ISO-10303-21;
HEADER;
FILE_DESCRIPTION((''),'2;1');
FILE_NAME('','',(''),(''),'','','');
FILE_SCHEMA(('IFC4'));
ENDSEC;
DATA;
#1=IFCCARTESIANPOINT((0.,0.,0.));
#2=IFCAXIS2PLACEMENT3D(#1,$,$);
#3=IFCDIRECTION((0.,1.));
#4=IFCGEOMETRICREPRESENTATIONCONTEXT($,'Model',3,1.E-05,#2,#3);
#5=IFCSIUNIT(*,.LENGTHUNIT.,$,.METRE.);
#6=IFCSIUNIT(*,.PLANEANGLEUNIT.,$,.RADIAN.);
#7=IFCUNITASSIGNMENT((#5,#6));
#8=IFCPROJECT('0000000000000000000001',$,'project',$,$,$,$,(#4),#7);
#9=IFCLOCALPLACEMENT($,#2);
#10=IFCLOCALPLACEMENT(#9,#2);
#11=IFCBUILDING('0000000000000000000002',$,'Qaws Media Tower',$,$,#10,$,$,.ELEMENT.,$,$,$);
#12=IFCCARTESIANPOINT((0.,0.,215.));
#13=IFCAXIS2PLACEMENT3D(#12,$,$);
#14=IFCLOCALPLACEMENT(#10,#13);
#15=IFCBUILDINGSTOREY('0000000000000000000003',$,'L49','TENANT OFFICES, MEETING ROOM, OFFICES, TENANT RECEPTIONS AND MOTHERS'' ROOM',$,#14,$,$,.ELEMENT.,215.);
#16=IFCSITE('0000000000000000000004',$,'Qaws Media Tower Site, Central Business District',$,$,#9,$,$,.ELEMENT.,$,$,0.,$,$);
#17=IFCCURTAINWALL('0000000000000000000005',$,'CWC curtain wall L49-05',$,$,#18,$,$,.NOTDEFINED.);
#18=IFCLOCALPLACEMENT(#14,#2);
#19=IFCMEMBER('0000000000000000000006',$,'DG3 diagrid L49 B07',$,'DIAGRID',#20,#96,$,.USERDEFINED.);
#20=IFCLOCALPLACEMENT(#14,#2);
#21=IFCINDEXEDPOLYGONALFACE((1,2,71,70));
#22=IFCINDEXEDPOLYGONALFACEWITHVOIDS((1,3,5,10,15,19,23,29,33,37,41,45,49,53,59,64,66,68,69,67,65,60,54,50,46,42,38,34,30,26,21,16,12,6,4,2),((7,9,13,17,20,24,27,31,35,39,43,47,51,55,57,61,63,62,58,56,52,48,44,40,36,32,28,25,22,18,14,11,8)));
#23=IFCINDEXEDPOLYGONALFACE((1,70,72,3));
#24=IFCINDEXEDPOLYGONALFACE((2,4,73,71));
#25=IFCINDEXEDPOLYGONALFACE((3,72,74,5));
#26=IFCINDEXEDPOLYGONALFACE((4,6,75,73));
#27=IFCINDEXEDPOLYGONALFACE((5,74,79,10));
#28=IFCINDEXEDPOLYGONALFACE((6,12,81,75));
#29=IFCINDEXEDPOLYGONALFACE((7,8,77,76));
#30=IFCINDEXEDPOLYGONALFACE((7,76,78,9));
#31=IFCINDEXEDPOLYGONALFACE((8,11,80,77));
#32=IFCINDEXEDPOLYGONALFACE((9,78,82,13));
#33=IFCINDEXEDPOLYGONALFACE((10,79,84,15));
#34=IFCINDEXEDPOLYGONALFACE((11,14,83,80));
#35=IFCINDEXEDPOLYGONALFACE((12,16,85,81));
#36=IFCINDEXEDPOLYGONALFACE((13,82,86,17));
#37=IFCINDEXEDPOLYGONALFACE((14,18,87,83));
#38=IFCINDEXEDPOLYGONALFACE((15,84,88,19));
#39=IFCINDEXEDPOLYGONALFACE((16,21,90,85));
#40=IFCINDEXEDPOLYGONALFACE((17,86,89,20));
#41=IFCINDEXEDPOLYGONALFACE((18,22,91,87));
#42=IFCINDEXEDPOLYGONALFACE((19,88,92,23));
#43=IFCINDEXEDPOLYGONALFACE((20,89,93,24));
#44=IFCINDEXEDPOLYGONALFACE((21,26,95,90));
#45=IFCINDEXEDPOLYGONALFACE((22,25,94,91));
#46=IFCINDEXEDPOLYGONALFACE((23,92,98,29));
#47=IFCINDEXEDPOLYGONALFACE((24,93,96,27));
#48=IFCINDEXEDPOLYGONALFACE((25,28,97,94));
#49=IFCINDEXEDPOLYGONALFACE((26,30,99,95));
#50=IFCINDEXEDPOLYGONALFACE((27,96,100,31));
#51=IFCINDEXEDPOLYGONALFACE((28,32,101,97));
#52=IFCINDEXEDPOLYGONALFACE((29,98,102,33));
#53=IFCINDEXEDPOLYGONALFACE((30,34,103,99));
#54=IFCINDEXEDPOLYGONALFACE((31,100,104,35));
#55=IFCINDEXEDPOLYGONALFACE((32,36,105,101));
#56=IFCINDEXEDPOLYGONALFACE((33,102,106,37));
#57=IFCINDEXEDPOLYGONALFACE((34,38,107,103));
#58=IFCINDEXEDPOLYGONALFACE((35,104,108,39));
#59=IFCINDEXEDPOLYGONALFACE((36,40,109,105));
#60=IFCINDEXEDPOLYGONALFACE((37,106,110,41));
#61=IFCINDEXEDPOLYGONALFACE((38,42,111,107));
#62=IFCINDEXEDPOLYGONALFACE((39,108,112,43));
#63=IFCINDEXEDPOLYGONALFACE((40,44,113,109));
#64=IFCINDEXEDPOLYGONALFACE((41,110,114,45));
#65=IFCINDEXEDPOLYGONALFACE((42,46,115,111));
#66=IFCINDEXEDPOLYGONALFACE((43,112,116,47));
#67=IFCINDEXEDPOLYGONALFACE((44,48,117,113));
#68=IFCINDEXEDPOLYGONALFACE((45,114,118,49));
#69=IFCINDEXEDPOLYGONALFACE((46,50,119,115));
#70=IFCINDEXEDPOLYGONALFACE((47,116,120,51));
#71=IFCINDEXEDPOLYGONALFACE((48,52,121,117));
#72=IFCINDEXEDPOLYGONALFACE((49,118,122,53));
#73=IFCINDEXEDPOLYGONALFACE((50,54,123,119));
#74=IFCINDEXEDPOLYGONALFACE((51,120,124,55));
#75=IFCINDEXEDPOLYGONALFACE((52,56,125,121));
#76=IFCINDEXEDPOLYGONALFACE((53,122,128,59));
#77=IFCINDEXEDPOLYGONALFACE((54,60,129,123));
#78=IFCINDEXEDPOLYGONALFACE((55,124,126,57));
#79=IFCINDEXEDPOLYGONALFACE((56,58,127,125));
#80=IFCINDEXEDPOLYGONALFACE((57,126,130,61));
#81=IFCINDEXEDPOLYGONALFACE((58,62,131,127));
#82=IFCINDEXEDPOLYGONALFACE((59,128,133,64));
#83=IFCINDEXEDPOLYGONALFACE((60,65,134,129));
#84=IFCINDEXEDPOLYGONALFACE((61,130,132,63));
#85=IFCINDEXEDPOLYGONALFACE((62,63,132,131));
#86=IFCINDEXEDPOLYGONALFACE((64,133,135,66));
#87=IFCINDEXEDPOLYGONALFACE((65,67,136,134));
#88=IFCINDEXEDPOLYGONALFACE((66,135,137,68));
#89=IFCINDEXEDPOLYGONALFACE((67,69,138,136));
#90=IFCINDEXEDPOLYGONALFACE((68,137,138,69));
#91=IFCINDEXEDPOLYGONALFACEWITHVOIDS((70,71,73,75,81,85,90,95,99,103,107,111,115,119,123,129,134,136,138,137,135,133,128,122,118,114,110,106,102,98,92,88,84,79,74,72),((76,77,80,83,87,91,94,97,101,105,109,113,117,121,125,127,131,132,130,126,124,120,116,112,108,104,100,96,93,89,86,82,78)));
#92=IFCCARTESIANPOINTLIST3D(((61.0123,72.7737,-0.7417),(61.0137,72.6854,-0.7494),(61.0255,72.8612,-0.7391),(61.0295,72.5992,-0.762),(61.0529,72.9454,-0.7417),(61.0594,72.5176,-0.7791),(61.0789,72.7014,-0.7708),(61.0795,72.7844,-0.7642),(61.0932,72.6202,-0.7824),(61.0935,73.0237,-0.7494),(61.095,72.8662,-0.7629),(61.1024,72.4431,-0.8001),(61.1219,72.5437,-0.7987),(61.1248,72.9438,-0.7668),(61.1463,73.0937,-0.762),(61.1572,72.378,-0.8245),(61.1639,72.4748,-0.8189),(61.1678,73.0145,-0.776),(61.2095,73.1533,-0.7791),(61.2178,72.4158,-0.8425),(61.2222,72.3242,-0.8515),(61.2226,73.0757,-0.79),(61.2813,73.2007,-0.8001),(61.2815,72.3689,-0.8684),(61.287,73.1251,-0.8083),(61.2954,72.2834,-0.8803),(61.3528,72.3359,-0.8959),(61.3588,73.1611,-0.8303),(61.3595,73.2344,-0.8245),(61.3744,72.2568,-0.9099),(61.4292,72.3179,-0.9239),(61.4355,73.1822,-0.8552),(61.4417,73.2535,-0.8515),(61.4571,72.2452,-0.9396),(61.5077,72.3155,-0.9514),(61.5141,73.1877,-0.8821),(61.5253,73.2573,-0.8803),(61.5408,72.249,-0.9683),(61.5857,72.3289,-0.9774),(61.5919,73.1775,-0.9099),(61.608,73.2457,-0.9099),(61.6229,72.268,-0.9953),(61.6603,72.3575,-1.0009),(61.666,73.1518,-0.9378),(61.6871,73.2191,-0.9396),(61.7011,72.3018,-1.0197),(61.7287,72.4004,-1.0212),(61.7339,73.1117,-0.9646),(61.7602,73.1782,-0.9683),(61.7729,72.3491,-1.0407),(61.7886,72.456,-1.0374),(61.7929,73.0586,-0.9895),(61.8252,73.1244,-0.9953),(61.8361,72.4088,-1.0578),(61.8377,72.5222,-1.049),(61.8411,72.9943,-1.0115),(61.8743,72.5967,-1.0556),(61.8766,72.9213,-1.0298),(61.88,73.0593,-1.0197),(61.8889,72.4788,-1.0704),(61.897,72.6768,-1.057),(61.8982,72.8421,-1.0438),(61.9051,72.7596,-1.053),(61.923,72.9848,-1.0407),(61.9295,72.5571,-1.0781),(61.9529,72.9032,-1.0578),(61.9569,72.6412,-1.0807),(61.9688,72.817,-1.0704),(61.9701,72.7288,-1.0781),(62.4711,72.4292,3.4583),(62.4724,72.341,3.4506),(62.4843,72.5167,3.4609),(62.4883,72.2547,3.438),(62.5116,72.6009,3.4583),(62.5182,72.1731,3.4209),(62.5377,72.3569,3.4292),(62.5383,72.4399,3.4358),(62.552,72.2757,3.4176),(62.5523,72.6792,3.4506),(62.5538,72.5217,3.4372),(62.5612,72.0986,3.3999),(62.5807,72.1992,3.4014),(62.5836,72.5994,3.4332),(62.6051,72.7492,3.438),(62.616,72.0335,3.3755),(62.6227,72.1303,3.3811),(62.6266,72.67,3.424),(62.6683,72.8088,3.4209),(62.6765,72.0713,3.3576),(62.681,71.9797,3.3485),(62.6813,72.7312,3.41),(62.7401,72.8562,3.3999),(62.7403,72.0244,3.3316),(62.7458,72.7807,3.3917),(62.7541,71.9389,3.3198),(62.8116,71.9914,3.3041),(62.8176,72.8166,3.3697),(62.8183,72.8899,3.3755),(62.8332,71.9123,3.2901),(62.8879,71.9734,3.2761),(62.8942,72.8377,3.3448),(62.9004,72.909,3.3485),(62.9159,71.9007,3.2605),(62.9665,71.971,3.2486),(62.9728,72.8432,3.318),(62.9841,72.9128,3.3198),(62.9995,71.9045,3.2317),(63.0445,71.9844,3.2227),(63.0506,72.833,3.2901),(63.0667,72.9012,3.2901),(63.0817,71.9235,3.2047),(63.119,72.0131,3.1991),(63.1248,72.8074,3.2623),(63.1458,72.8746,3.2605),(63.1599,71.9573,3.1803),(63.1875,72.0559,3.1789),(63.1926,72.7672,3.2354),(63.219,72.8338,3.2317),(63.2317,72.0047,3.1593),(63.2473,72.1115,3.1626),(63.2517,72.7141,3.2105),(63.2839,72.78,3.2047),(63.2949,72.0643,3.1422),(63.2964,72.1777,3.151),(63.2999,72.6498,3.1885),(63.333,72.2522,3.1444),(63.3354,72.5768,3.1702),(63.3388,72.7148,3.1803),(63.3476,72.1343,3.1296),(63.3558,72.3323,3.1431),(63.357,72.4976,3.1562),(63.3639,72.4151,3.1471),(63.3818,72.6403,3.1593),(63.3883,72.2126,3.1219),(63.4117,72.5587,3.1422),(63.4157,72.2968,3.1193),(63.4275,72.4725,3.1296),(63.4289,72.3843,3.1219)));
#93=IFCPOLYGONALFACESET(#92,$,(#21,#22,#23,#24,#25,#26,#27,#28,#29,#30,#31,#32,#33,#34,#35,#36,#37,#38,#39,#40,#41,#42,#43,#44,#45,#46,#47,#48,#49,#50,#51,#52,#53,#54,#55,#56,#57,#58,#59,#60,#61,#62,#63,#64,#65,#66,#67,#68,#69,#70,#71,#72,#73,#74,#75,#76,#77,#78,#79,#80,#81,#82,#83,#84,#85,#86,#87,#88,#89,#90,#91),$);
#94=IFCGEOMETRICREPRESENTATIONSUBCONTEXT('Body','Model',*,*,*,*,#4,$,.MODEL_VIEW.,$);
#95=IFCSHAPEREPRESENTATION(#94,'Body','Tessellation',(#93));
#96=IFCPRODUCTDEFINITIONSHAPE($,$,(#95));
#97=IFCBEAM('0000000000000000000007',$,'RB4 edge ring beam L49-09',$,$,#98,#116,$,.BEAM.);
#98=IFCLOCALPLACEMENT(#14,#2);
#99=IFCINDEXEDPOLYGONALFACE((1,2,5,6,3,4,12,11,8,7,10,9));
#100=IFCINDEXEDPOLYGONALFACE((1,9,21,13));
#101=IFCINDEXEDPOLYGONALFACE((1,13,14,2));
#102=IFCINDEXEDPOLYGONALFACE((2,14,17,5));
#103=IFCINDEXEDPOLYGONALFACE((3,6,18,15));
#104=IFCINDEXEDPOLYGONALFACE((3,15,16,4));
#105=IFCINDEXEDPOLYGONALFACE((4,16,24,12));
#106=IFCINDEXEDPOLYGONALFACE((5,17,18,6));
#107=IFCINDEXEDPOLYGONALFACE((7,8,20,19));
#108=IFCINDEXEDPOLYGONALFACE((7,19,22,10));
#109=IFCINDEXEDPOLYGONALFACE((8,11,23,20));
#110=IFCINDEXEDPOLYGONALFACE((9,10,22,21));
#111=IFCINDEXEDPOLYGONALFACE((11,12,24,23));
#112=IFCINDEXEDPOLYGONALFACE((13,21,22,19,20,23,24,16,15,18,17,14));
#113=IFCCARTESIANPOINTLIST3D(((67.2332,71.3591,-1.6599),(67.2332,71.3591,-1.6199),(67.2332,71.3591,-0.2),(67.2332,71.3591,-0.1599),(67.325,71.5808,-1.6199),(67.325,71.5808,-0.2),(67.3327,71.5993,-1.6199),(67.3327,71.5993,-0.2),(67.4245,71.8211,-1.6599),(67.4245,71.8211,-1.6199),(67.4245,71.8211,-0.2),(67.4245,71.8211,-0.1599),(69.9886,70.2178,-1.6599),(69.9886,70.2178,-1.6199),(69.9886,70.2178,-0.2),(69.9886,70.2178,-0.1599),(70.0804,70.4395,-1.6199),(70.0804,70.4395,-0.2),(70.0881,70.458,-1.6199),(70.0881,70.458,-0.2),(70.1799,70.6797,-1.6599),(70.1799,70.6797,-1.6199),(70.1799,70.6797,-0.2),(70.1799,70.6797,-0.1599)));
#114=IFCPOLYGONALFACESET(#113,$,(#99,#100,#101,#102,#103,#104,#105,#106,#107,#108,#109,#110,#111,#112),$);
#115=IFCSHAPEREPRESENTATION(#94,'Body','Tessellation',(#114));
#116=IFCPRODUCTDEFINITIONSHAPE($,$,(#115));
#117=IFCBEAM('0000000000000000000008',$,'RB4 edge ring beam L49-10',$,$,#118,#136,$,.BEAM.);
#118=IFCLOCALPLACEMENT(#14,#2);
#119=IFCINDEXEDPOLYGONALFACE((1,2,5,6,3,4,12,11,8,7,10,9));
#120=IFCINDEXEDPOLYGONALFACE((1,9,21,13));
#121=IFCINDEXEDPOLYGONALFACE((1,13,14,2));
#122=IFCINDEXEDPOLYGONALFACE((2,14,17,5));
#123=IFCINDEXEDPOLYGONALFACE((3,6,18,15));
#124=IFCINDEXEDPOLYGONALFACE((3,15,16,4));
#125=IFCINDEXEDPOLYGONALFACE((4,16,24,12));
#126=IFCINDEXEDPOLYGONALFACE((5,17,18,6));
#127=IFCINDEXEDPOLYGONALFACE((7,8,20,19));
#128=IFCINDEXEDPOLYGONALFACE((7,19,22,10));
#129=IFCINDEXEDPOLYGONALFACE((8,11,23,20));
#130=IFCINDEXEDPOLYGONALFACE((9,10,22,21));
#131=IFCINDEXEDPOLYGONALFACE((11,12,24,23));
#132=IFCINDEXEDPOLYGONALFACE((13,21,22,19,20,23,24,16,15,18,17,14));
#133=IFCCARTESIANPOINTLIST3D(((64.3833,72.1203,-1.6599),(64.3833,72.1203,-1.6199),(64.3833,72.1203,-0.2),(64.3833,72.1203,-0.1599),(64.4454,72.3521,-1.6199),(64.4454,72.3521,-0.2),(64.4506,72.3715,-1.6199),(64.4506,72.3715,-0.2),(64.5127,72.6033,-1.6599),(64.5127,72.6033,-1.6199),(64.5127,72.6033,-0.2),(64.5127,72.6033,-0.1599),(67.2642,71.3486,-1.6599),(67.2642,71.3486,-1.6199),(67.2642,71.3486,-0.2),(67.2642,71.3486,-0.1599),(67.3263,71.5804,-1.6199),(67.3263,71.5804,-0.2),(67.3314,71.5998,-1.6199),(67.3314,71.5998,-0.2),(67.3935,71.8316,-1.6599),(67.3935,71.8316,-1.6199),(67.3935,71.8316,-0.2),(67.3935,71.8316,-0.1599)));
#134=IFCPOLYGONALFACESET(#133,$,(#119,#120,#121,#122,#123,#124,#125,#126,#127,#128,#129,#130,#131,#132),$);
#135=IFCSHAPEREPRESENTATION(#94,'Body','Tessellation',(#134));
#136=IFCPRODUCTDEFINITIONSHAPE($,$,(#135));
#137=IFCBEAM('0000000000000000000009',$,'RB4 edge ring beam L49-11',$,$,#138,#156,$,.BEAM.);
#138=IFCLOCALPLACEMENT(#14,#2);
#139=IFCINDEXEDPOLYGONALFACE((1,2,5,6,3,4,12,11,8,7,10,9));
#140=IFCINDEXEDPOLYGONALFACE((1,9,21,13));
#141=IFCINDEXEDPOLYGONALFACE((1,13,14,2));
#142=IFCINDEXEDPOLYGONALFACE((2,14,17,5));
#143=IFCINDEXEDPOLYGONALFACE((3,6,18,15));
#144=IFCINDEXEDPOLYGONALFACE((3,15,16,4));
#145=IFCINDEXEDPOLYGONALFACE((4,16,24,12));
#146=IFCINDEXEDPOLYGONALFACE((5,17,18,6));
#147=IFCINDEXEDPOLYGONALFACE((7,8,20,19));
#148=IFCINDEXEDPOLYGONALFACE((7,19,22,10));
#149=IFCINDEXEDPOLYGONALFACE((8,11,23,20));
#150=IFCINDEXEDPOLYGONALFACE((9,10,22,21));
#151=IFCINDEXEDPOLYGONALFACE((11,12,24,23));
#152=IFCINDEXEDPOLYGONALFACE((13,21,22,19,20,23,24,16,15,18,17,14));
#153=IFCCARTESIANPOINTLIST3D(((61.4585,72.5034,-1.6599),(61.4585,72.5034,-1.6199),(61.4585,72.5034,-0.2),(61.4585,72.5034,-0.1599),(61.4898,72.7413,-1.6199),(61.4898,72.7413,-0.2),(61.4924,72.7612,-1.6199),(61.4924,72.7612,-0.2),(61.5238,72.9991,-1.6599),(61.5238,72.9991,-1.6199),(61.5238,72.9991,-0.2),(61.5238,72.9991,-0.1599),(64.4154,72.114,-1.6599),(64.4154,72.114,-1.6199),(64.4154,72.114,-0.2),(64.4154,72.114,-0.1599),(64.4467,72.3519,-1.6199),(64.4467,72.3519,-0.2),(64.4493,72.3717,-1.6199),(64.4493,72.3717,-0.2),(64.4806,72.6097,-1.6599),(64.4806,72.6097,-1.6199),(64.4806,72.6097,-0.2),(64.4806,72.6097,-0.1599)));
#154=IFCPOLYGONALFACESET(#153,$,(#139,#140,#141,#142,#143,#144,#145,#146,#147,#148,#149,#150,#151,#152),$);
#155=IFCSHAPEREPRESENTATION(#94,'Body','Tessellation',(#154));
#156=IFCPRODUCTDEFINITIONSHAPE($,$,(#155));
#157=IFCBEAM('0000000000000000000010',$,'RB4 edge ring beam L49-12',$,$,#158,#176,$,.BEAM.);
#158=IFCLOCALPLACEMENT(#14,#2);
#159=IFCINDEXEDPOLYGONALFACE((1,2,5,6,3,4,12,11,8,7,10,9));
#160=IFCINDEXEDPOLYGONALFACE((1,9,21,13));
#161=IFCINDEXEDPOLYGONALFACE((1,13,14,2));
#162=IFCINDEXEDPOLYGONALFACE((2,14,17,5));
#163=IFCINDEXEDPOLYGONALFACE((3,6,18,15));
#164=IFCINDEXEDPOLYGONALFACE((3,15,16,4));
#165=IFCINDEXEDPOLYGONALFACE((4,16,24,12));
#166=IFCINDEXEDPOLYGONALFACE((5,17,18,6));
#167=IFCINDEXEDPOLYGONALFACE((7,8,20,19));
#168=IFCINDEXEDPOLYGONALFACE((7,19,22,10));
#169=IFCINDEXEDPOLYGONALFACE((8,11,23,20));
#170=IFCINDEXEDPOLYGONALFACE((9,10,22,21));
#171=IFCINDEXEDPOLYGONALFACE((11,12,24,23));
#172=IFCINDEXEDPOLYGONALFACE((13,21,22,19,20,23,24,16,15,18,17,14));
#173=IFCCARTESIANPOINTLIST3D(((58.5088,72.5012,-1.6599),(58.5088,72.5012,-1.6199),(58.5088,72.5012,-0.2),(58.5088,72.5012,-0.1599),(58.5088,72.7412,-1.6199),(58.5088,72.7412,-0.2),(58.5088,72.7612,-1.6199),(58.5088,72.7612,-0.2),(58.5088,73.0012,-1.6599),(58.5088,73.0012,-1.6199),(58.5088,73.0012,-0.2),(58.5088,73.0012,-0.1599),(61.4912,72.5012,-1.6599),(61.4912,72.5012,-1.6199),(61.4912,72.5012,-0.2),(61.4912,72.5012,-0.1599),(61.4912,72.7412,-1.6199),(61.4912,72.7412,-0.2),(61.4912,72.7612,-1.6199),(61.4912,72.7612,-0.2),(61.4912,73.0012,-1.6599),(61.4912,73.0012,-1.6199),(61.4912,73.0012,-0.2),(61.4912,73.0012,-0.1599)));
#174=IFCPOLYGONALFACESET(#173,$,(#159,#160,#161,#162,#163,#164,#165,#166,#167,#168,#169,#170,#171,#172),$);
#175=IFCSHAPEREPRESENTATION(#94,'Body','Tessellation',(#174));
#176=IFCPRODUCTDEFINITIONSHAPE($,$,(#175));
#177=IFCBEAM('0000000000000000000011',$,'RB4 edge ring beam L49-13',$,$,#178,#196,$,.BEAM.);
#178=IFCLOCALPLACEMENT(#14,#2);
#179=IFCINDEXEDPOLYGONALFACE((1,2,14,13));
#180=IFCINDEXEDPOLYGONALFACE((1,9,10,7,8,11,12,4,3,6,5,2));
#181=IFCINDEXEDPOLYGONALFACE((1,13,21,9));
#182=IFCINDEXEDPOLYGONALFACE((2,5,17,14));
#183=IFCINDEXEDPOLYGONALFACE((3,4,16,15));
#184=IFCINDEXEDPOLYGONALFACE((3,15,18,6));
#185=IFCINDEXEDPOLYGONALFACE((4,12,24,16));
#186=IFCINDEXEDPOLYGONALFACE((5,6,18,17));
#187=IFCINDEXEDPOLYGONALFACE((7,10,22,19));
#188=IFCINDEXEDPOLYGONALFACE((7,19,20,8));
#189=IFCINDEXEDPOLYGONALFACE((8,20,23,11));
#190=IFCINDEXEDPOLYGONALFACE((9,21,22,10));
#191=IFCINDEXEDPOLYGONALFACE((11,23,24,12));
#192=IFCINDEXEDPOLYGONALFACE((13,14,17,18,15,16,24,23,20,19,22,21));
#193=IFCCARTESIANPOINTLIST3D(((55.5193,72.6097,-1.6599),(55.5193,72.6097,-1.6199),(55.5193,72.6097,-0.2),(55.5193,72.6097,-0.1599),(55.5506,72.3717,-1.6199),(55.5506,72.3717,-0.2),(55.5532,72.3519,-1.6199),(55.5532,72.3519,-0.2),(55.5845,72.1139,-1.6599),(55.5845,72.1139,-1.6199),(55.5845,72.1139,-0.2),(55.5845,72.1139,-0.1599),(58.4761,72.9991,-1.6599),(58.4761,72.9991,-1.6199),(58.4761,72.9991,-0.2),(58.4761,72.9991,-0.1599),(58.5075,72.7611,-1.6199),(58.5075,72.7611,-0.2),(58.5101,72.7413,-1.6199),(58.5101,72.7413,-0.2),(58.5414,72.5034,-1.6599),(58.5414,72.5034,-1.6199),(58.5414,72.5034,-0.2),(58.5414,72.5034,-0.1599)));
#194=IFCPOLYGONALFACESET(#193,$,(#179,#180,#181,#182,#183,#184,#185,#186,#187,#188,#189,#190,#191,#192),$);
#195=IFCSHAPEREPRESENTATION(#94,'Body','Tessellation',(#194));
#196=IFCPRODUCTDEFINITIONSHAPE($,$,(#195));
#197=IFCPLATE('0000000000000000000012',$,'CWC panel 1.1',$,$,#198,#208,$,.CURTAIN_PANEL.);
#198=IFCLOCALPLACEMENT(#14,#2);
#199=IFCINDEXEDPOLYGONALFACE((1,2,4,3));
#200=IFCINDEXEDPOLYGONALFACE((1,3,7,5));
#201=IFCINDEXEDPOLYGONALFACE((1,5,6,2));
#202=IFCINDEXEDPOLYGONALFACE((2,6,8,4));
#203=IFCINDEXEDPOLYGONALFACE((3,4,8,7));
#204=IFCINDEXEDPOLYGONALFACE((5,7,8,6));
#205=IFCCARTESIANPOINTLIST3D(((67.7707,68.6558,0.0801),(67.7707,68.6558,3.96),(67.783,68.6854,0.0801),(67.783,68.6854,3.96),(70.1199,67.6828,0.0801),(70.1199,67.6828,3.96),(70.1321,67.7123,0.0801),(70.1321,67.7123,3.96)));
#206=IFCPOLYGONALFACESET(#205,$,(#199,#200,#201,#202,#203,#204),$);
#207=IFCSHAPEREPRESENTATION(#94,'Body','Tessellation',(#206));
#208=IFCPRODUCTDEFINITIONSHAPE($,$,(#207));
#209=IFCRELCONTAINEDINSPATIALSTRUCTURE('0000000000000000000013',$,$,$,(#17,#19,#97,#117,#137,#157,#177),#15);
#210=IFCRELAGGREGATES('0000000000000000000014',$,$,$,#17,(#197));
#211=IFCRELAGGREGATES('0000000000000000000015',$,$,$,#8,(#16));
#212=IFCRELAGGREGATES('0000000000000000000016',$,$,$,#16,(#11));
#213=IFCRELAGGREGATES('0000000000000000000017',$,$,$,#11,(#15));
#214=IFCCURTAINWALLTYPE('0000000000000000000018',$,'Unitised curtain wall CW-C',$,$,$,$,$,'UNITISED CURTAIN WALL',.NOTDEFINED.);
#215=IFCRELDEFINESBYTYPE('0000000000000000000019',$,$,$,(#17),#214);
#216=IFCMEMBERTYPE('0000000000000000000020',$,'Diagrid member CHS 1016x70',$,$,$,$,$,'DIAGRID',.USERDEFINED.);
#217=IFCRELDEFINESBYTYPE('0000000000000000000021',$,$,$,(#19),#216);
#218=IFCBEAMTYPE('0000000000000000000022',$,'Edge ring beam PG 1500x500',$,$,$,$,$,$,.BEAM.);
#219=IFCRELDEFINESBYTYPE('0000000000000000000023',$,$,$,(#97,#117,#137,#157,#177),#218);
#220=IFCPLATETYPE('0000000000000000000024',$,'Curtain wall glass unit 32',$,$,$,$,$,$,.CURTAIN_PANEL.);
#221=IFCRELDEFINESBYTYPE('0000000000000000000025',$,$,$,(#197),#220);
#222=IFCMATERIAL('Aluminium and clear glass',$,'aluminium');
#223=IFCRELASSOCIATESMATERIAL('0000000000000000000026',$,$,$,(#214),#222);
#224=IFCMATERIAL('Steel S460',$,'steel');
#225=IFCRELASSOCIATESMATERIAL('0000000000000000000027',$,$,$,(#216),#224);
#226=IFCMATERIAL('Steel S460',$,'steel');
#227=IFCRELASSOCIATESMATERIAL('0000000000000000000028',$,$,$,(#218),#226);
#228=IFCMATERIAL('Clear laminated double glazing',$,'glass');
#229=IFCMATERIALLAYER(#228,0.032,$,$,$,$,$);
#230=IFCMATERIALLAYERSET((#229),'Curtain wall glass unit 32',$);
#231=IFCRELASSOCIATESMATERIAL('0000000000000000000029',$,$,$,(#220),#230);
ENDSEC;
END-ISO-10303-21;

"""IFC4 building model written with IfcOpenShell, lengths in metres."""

from ifc_helpers import new_model, si_unit, direction, frame, origin, origin_2d, place, context, subcontext, project, spatial, rectangle, hollow_circle, i_section, extrude, material, layer, layer_set, material_profile, profile_set, type_object, element, aggregate, save


model = new_model("IFC4")

# Units and contexts
model_context = context("Model", 3, precision=1e-05, world=origin(), true_north=direction((0.0, 1.0)))
body_context = subcontext(model_context, "Body", "Model", "MODEL_VIEW")
ifc_project = project(units=[si_unit("LENGTHUNIT", "METRE"), si_unit("PLANEANGLEUNIT", "RADIAN")], contexts=[model_context])

# Site, building, storey
site_placement = place(None, origin())
site = spatial("IfcSite", under=ifc_project, at=site_placement, Name="Qaws Media Tower Site, Central Business District", CompositionType="ELEMENT", RefElevation=0.0)
building_placement = place(site_placement, origin())
building = spatial("IfcBuilding", under=site, at=building_placement, Name="Qaws Media Tower", CompositionType="ELEMENT")
storey_placement = place(building_placement, frame((0.0, 0.0, 215.0)))
storey = spatial("IfcBuildingStorey", under=building, at=storey_placement, Name="L49", Description="TENANT OFFICES, MEETING ROOM, OFFICES, TENANT RECEPTIONS AND MOTHERS' ROOM", CompositionType="ELEMENT", Elevation=215.0)

# Curtain wall
ifc_material_1 = material(Name="Aluminium and clear glass", Category="aluminium")
curtain_wall_type = type_object("IfcCurtainWallType", Name="Unitised curtain wall CW-C", ElementType="UNITISED CURTAIN WALL", PredefinedType="NOTDEFINED", material=ifc_material_1)
curtain_wall_1_placement = place(storey_placement, origin())
curtain_wall_1 = element("IfcCurtainWall", 1, at=curtain_wall_1_placement, inside=storey, type_object=curtain_wall_type, Name="CWC curtain wall L49-05", PredefinedType="NOTDEFINED")

# Member
ifc_material_2 = material(Name="Steel S460", Category="steel")
ifc_material_profile_1 = material_profile(ifc_material_2, hollow_circle(Radius=0.5081, WallThickness=0.0701, at=origin_2d()), Name="CHS 1016x70")
ifc_profile_set_1 = profile_set([ifc_material_profile_1], Name="Steel S460")
member_type_1 = type_object("IfcMemberType", Name="Diagrid member CHS 1016x70", ElementType="DIAGRID", PredefinedType="USERDEFINED", material=ifc_profile_set_1)
for number, where, z_axis, x_axis, name in (
    (2, (61.4912, 72.7512, -0.9099), (0.327116, -0.077249, 0.941821), (0.229829, 0.973231, 0.0), "DG3 diagrid L49 B07"),
):
    element("IfcMember", number, at=place(storey_placement, frame(where, z_axis=z_axis, x_axis=x_axis)), inside=storey, type_object=member_type_1, Name=name, ObjectType="DIAGRID", PredefinedType="USERDEFINED", context=body_context, shape_type="SweptSolid", body=[
        extrude(hollow_circle(Radius=0.5081, WallThickness=0.0701, at=origin_2d()), origin(), (0.0, 0.0, 1.0), 4.4595),
    ])

# Beams
ifc_material_3 = material(Name="Steel S460", Category="steel")
ifc_material_profile_2 = material_profile(ifc_material_3, i_section(OverallWidth=0.5, OverallDepth=1.5, WebThickness=0.02, FlangeThickness=0.04, at=origin_2d()), Name="PG 1500x500")
ifc_profile_set_2 = profile_set([ifc_material_profile_2], Name="Steel S460")
beam_type = type_object("IfcBeamType", Name="Edge ring beam PG 1500x500", PredefinedType="BEAM", material=ifc_profile_set_2)
for number, where, z_axis, x_axis, name in (
    (3, (70.0842, 70.4487, -0.9099), (-0.923874, 0.382696, 0.0), (-0.382696, -0.923874, 0.0), "RB4 edge ring beam L49-09"),
    (4, (67.3289, 71.5901, -0.9099), (-0.965942, 0.258758, 0.0), (-0.258758, -0.965942, 0.0), "RB4 edge ring beam L49-10"),
    (5, (64.448, 72.3618, -0.9099), (-0.991439, 0.130571, 0.0), (-0.130571, -0.991439, 0.0), "RB4 edge ring beam L49-11"),
    (6, (61.4912, 72.7512, -0.9099), (-1.0, 0.0, 0.0), (0.0, -1.0, 0.0), "RB4 edge ring beam L49-12"),
    (7, (58.5088, 72.7512, -0.9099), (-0.991439, -0.130571, 0.0), (0.130571, -0.991439, 0.0), "RB4 edge ring beam L49-13"),
):
    element("IfcBeam", number, at=place(storey_placement, frame(where, z_axis=z_axis, x_axis=x_axis)), inside=storey, type_object=beam_type, Name=name, PredefinedType="BEAM", context=body_context, shape_type="SweptSolid", body=[
        extrude(i_section(OverallWidth=0.5, OverallDepth=1.5, WebThickness=0.02, FlangeThickness=0.04, at=origin_2d()), origin(), (0.0, 0.0, 1.0), 2.9824),
    ])

# Plate
ifc_material_4 = material(Name="Clear laminated double glazing", Category="glass")
ifc_layer_1 = layer(ifc_material_4, 0.032)
ifc_layer_set_1 = layer_set([ifc_layer_1], Name="Curtain wall glass unit 32")
plate_type_1 = type_object("IfcPlateType", Name="Curtain wall glass unit 32", PredefinedType="CURTAIN_PANEL", material=ifc_layer_set_1)
plate_1_placement = place(storey_placement, frame((68.9514, 68.1841, 0.0801), z_axis=(0.0, 0.0, 1.0), x_axis=(-0.923879, 0.382684, 0.0)))
plate_1 = element("IfcPlate", 8, at=plate_1_placement, type_object=plate_type_1, Name="CWC panel 1.1", PredefinedType="CURTAIN_PANEL", context=body_context, shape_type="SweptSolid", body=[
    extrude(rectangle(XDim=2.5427, YDim=0.032, at=origin_2d()), origin(), (0.0, 0.0, 1.0), 3.8799),
])
aggregate(curtain_wall_1, [plate_1])

save(model, "model.ifc")
